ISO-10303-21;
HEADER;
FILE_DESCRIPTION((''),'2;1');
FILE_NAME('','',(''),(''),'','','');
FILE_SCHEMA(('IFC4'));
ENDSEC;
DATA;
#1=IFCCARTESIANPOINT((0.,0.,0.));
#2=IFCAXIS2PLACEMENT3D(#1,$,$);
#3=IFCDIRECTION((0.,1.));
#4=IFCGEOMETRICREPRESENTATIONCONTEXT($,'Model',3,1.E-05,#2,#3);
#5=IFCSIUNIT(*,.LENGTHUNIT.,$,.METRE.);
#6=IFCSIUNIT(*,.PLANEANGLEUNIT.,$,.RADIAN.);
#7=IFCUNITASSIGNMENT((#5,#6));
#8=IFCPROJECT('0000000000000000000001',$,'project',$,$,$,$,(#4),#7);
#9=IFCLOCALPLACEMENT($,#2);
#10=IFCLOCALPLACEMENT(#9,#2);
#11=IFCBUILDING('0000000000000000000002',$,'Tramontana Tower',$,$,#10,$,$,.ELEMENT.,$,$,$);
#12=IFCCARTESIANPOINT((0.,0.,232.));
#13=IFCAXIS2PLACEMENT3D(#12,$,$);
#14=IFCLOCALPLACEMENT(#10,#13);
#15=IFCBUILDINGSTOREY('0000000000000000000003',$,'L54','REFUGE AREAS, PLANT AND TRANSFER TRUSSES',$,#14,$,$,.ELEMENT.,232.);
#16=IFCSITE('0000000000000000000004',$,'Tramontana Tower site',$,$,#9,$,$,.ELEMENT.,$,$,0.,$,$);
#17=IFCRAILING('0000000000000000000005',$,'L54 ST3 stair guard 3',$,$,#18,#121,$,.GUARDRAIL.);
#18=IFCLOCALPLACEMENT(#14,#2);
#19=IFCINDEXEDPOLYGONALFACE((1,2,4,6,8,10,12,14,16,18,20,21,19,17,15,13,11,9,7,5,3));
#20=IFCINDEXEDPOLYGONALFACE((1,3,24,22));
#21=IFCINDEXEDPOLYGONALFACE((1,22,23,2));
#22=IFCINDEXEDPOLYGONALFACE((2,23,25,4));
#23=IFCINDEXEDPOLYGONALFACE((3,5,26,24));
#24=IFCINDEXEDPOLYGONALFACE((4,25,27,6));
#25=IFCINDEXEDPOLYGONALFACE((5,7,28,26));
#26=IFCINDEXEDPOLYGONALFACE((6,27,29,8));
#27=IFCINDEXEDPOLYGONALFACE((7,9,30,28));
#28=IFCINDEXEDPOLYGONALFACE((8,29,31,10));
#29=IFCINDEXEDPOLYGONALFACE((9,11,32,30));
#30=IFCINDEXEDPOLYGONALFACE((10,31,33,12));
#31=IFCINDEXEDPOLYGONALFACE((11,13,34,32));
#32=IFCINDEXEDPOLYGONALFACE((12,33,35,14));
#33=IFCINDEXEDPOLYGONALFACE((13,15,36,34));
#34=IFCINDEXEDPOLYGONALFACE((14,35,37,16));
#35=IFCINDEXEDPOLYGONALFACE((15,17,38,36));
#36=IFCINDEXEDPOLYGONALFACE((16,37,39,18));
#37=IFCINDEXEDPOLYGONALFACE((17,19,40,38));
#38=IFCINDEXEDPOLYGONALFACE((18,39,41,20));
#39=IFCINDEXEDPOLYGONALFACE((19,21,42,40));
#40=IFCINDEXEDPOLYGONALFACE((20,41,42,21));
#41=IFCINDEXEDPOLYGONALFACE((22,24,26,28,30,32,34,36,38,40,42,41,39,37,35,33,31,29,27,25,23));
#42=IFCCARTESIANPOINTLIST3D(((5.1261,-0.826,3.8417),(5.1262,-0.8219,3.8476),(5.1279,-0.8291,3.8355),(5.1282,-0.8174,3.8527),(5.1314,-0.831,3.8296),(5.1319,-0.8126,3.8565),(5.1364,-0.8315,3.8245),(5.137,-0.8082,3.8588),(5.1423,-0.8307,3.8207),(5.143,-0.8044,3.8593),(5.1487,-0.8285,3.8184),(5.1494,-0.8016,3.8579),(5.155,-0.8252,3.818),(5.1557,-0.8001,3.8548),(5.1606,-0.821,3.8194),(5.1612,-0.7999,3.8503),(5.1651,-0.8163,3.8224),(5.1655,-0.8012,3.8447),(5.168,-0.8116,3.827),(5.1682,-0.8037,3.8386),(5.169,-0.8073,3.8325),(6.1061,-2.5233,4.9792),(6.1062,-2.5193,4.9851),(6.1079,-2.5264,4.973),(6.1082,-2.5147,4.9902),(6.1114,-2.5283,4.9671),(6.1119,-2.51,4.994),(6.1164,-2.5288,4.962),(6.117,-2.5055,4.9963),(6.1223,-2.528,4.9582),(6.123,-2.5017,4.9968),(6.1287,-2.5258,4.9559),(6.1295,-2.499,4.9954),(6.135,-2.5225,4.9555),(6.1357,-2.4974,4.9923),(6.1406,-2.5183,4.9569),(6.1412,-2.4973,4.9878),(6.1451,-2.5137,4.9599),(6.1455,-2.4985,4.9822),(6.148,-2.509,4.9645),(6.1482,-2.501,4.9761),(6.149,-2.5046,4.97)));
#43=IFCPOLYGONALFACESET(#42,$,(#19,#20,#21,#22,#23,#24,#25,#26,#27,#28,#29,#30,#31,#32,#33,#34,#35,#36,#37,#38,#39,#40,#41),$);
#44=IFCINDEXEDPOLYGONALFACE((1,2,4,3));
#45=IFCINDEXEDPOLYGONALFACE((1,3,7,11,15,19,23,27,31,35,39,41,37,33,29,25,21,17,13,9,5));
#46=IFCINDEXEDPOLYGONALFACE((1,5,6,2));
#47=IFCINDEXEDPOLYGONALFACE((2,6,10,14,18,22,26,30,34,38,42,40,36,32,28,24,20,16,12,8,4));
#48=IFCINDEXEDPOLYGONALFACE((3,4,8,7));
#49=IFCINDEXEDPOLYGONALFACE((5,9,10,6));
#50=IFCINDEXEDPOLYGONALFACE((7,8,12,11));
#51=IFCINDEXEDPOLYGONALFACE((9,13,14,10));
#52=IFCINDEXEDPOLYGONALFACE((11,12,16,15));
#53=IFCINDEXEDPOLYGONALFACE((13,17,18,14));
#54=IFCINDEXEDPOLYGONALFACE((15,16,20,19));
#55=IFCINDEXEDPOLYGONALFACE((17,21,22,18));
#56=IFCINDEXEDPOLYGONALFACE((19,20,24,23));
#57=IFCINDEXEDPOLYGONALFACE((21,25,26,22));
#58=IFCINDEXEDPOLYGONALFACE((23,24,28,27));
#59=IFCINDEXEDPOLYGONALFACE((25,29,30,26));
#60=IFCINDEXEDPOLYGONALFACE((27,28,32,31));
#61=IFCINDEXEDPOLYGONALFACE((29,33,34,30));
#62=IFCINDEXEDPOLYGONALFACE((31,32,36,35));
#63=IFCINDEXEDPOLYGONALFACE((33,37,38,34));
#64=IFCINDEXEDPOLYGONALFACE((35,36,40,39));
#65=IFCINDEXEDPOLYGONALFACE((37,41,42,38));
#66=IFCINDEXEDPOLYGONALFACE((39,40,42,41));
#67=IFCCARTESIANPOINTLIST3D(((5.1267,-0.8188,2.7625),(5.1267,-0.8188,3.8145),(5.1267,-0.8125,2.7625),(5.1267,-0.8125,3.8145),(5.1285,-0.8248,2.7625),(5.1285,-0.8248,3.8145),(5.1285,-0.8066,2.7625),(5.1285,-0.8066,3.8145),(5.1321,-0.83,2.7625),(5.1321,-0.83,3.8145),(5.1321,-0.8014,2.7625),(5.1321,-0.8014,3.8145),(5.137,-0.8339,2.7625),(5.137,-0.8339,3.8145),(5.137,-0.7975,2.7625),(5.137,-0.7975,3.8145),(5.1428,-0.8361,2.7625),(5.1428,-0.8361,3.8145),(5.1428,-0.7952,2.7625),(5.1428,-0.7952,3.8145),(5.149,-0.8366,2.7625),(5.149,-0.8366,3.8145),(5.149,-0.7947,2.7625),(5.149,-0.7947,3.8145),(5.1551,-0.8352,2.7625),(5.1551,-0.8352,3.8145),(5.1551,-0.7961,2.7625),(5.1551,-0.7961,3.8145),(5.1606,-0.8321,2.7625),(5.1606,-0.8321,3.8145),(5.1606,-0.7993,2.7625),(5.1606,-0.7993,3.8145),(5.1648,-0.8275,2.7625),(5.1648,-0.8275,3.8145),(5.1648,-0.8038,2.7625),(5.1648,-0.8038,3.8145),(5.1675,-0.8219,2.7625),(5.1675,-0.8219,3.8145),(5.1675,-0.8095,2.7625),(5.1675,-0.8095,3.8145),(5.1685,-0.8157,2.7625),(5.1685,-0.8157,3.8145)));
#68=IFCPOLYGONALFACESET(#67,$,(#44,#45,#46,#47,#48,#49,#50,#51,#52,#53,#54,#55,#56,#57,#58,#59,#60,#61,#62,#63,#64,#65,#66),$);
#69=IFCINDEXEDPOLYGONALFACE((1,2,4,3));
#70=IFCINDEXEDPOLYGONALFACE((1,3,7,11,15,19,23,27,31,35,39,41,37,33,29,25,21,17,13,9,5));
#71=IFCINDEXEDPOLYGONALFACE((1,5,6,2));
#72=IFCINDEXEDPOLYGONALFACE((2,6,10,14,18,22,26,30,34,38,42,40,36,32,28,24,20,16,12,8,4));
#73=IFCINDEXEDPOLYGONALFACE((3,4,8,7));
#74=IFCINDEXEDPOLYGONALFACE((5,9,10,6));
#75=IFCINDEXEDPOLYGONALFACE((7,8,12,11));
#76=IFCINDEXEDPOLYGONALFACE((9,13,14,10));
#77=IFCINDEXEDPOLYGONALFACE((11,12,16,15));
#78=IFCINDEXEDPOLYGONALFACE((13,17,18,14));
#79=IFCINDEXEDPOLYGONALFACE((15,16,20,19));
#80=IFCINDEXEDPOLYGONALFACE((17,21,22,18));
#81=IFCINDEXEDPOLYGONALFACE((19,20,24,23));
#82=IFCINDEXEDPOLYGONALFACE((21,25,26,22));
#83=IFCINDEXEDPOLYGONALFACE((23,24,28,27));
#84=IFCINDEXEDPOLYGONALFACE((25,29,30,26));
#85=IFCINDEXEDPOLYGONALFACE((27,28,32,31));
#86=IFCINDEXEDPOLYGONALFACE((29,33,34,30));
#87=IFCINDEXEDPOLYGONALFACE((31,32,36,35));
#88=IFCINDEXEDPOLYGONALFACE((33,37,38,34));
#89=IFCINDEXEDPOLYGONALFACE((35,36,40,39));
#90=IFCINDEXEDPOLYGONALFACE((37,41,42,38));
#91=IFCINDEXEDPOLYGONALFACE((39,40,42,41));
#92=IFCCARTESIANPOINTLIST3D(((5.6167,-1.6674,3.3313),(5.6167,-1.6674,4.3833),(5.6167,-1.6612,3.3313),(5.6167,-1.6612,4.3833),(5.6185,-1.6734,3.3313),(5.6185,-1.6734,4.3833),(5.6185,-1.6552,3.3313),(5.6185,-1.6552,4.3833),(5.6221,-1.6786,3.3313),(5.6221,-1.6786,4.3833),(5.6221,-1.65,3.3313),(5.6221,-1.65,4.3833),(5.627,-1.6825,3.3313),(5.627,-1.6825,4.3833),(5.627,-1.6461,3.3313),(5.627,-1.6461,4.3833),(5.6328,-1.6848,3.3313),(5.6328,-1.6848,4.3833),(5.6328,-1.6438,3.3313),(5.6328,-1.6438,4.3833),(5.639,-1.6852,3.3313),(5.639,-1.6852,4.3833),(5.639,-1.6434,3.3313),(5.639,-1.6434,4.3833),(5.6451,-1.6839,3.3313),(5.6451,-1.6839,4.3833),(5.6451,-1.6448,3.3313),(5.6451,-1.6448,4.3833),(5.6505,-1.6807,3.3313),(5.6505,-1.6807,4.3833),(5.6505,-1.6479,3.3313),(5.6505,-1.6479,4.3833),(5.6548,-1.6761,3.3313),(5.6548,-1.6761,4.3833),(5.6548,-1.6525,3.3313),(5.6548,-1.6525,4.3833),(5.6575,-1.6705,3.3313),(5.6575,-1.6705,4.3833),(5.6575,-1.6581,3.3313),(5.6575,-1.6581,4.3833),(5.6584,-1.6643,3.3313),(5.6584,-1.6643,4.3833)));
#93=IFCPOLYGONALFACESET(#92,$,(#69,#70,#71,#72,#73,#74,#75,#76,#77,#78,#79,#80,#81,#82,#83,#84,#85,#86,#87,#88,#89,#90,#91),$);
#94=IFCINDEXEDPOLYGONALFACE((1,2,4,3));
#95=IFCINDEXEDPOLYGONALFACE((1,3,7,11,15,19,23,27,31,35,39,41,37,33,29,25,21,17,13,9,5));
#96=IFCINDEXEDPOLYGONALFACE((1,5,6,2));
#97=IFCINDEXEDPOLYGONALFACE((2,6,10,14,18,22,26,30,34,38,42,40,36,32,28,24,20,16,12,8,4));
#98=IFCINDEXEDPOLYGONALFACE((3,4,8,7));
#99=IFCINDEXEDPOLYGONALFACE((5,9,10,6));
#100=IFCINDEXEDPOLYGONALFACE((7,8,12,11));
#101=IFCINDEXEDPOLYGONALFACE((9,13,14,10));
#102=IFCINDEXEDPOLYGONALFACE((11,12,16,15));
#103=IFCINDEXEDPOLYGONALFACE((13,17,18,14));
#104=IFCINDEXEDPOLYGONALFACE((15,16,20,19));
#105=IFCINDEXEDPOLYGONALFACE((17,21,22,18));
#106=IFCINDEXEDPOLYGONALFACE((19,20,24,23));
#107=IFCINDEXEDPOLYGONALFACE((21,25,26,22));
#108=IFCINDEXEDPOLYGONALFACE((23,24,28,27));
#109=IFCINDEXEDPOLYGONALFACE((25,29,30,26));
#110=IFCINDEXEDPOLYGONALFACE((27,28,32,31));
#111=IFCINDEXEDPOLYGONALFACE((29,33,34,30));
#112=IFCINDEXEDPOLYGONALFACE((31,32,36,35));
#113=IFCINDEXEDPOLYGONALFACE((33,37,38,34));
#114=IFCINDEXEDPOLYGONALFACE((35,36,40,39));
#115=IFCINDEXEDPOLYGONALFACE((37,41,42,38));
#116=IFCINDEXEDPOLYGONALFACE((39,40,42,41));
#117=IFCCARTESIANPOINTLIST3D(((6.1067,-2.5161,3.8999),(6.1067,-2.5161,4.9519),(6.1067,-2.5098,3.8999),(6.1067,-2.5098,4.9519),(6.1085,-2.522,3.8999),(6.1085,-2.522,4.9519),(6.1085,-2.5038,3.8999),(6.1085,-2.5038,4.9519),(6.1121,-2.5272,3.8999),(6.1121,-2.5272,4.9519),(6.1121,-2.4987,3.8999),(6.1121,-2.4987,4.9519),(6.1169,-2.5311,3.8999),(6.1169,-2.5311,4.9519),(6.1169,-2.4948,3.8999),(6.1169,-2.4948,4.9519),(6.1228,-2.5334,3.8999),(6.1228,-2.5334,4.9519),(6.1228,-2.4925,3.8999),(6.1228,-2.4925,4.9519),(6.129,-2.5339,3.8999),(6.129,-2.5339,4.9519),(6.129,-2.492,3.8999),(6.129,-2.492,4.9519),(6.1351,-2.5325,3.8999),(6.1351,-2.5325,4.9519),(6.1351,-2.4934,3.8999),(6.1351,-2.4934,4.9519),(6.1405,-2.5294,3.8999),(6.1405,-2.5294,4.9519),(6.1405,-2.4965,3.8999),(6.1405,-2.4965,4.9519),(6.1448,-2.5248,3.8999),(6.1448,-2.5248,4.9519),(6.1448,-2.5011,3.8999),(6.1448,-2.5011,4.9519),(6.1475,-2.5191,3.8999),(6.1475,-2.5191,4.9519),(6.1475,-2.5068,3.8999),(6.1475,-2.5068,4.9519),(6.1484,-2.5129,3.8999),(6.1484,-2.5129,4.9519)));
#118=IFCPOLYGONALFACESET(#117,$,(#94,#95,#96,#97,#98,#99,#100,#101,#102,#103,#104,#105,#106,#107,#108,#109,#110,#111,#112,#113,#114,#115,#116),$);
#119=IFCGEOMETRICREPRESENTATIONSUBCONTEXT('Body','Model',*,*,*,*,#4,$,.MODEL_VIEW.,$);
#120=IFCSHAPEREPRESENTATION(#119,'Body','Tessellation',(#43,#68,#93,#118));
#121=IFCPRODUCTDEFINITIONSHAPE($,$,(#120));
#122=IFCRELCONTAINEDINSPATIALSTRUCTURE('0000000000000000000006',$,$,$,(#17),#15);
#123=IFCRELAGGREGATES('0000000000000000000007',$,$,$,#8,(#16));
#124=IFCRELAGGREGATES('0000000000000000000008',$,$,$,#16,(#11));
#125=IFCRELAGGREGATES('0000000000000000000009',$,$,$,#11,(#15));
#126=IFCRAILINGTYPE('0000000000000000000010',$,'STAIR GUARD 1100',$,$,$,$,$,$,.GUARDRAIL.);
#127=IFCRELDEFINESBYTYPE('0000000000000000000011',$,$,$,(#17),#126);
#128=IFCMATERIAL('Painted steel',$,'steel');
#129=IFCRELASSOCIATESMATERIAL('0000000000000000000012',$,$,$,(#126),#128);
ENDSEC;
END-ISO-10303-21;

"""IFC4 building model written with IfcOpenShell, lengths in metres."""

from ifc_helpers import new_model, si_unit, direction, frame, origin, origin_2d, place, context, subcontext, project, spatial, circle, extrude, material, type_object, element, save


model = new_model("IFC4")

# Units and contexts
model_context = context("Model", 3, precision=1e-05, world=origin(), true_north=direction((0.0, 1.0)))
body_context = subcontext(model_context, "Body", "Model", "MODEL_VIEW")
ifc_project = project(units=[si_unit("LENGTHUNIT", "METRE"), si_unit("PLANEANGLEUNIT", "RADIAN")], contexts=[model_context])

# Site, building, storey
site_placement = place(None, origin())
site = spatial("IfcSite", under=ifc_project, at=site_placement, Name="Tramontana Tower site", CompositionType="ELEMENT", RefElevation=0.0)
building_placement = place(site_placement, origin())
building = spatial("IfcBuilding", under=site, at=building_placement, Name="Tramontana Tower", CompositionType="ELEMENT")
storey_placement = place(building_placement, frame((0.0, 0.0, 232.0)))
storey = spatial("IfcBuildingStorey", under=building, at=storey_placement, Name="L54", Description="REFUGE AREAS, PLANT AND TRANSFER TRUSSES", CompositionType="ELEMENT", Elevation=232.0)

# Railing
ifc_material_1 = material(Name="Painted steel", Category="steel")
railing_type_1 = type_object("IfcRailingType", Name="STAIR GUARD 1100", PredefinedType="GUARDRAIL", material=ifc_material_1)
railing_1_placement = place(storey_placement, frame((5.1475, -0.8157, 2.7625)))
element("IfcRailing", 1, at=railing_1_placement, inside=storey, type_object=railing_type_1, Name="L54 ST3 stair guard 3", PredefinedType="GUARDRAIL", context=body_context, shape_type="SweptSolid", body=[
    extrude(circle(Radius=0.0239, at=origin_2d()), frame((0.0, 0.0, 1.0762), z_axis=(0.432467, -0.749006, 0.501959), x_axis=(0.866011, 0.500024, 0.0)), (0.0, 0.0, 1.0), 2.2661),
    extrude(circle(Radius=0.021, at=origin_2d()), origin(), (0.0, 0.0, 1.0), 1.052),
    extrude(circle(Radius=0.021, at=origin_2d()), frame((0.49, -0.8486, 0.5688)), (0.0, 0.0, 1.0), 1.052),
    extrude(circle(Radius=0.021, at=origin_2d()), frame((0.98, -1.6973, 1.1375)), (0.0, 0.0, 1.0), 1.052),
])

save(model, "model.ifc")
